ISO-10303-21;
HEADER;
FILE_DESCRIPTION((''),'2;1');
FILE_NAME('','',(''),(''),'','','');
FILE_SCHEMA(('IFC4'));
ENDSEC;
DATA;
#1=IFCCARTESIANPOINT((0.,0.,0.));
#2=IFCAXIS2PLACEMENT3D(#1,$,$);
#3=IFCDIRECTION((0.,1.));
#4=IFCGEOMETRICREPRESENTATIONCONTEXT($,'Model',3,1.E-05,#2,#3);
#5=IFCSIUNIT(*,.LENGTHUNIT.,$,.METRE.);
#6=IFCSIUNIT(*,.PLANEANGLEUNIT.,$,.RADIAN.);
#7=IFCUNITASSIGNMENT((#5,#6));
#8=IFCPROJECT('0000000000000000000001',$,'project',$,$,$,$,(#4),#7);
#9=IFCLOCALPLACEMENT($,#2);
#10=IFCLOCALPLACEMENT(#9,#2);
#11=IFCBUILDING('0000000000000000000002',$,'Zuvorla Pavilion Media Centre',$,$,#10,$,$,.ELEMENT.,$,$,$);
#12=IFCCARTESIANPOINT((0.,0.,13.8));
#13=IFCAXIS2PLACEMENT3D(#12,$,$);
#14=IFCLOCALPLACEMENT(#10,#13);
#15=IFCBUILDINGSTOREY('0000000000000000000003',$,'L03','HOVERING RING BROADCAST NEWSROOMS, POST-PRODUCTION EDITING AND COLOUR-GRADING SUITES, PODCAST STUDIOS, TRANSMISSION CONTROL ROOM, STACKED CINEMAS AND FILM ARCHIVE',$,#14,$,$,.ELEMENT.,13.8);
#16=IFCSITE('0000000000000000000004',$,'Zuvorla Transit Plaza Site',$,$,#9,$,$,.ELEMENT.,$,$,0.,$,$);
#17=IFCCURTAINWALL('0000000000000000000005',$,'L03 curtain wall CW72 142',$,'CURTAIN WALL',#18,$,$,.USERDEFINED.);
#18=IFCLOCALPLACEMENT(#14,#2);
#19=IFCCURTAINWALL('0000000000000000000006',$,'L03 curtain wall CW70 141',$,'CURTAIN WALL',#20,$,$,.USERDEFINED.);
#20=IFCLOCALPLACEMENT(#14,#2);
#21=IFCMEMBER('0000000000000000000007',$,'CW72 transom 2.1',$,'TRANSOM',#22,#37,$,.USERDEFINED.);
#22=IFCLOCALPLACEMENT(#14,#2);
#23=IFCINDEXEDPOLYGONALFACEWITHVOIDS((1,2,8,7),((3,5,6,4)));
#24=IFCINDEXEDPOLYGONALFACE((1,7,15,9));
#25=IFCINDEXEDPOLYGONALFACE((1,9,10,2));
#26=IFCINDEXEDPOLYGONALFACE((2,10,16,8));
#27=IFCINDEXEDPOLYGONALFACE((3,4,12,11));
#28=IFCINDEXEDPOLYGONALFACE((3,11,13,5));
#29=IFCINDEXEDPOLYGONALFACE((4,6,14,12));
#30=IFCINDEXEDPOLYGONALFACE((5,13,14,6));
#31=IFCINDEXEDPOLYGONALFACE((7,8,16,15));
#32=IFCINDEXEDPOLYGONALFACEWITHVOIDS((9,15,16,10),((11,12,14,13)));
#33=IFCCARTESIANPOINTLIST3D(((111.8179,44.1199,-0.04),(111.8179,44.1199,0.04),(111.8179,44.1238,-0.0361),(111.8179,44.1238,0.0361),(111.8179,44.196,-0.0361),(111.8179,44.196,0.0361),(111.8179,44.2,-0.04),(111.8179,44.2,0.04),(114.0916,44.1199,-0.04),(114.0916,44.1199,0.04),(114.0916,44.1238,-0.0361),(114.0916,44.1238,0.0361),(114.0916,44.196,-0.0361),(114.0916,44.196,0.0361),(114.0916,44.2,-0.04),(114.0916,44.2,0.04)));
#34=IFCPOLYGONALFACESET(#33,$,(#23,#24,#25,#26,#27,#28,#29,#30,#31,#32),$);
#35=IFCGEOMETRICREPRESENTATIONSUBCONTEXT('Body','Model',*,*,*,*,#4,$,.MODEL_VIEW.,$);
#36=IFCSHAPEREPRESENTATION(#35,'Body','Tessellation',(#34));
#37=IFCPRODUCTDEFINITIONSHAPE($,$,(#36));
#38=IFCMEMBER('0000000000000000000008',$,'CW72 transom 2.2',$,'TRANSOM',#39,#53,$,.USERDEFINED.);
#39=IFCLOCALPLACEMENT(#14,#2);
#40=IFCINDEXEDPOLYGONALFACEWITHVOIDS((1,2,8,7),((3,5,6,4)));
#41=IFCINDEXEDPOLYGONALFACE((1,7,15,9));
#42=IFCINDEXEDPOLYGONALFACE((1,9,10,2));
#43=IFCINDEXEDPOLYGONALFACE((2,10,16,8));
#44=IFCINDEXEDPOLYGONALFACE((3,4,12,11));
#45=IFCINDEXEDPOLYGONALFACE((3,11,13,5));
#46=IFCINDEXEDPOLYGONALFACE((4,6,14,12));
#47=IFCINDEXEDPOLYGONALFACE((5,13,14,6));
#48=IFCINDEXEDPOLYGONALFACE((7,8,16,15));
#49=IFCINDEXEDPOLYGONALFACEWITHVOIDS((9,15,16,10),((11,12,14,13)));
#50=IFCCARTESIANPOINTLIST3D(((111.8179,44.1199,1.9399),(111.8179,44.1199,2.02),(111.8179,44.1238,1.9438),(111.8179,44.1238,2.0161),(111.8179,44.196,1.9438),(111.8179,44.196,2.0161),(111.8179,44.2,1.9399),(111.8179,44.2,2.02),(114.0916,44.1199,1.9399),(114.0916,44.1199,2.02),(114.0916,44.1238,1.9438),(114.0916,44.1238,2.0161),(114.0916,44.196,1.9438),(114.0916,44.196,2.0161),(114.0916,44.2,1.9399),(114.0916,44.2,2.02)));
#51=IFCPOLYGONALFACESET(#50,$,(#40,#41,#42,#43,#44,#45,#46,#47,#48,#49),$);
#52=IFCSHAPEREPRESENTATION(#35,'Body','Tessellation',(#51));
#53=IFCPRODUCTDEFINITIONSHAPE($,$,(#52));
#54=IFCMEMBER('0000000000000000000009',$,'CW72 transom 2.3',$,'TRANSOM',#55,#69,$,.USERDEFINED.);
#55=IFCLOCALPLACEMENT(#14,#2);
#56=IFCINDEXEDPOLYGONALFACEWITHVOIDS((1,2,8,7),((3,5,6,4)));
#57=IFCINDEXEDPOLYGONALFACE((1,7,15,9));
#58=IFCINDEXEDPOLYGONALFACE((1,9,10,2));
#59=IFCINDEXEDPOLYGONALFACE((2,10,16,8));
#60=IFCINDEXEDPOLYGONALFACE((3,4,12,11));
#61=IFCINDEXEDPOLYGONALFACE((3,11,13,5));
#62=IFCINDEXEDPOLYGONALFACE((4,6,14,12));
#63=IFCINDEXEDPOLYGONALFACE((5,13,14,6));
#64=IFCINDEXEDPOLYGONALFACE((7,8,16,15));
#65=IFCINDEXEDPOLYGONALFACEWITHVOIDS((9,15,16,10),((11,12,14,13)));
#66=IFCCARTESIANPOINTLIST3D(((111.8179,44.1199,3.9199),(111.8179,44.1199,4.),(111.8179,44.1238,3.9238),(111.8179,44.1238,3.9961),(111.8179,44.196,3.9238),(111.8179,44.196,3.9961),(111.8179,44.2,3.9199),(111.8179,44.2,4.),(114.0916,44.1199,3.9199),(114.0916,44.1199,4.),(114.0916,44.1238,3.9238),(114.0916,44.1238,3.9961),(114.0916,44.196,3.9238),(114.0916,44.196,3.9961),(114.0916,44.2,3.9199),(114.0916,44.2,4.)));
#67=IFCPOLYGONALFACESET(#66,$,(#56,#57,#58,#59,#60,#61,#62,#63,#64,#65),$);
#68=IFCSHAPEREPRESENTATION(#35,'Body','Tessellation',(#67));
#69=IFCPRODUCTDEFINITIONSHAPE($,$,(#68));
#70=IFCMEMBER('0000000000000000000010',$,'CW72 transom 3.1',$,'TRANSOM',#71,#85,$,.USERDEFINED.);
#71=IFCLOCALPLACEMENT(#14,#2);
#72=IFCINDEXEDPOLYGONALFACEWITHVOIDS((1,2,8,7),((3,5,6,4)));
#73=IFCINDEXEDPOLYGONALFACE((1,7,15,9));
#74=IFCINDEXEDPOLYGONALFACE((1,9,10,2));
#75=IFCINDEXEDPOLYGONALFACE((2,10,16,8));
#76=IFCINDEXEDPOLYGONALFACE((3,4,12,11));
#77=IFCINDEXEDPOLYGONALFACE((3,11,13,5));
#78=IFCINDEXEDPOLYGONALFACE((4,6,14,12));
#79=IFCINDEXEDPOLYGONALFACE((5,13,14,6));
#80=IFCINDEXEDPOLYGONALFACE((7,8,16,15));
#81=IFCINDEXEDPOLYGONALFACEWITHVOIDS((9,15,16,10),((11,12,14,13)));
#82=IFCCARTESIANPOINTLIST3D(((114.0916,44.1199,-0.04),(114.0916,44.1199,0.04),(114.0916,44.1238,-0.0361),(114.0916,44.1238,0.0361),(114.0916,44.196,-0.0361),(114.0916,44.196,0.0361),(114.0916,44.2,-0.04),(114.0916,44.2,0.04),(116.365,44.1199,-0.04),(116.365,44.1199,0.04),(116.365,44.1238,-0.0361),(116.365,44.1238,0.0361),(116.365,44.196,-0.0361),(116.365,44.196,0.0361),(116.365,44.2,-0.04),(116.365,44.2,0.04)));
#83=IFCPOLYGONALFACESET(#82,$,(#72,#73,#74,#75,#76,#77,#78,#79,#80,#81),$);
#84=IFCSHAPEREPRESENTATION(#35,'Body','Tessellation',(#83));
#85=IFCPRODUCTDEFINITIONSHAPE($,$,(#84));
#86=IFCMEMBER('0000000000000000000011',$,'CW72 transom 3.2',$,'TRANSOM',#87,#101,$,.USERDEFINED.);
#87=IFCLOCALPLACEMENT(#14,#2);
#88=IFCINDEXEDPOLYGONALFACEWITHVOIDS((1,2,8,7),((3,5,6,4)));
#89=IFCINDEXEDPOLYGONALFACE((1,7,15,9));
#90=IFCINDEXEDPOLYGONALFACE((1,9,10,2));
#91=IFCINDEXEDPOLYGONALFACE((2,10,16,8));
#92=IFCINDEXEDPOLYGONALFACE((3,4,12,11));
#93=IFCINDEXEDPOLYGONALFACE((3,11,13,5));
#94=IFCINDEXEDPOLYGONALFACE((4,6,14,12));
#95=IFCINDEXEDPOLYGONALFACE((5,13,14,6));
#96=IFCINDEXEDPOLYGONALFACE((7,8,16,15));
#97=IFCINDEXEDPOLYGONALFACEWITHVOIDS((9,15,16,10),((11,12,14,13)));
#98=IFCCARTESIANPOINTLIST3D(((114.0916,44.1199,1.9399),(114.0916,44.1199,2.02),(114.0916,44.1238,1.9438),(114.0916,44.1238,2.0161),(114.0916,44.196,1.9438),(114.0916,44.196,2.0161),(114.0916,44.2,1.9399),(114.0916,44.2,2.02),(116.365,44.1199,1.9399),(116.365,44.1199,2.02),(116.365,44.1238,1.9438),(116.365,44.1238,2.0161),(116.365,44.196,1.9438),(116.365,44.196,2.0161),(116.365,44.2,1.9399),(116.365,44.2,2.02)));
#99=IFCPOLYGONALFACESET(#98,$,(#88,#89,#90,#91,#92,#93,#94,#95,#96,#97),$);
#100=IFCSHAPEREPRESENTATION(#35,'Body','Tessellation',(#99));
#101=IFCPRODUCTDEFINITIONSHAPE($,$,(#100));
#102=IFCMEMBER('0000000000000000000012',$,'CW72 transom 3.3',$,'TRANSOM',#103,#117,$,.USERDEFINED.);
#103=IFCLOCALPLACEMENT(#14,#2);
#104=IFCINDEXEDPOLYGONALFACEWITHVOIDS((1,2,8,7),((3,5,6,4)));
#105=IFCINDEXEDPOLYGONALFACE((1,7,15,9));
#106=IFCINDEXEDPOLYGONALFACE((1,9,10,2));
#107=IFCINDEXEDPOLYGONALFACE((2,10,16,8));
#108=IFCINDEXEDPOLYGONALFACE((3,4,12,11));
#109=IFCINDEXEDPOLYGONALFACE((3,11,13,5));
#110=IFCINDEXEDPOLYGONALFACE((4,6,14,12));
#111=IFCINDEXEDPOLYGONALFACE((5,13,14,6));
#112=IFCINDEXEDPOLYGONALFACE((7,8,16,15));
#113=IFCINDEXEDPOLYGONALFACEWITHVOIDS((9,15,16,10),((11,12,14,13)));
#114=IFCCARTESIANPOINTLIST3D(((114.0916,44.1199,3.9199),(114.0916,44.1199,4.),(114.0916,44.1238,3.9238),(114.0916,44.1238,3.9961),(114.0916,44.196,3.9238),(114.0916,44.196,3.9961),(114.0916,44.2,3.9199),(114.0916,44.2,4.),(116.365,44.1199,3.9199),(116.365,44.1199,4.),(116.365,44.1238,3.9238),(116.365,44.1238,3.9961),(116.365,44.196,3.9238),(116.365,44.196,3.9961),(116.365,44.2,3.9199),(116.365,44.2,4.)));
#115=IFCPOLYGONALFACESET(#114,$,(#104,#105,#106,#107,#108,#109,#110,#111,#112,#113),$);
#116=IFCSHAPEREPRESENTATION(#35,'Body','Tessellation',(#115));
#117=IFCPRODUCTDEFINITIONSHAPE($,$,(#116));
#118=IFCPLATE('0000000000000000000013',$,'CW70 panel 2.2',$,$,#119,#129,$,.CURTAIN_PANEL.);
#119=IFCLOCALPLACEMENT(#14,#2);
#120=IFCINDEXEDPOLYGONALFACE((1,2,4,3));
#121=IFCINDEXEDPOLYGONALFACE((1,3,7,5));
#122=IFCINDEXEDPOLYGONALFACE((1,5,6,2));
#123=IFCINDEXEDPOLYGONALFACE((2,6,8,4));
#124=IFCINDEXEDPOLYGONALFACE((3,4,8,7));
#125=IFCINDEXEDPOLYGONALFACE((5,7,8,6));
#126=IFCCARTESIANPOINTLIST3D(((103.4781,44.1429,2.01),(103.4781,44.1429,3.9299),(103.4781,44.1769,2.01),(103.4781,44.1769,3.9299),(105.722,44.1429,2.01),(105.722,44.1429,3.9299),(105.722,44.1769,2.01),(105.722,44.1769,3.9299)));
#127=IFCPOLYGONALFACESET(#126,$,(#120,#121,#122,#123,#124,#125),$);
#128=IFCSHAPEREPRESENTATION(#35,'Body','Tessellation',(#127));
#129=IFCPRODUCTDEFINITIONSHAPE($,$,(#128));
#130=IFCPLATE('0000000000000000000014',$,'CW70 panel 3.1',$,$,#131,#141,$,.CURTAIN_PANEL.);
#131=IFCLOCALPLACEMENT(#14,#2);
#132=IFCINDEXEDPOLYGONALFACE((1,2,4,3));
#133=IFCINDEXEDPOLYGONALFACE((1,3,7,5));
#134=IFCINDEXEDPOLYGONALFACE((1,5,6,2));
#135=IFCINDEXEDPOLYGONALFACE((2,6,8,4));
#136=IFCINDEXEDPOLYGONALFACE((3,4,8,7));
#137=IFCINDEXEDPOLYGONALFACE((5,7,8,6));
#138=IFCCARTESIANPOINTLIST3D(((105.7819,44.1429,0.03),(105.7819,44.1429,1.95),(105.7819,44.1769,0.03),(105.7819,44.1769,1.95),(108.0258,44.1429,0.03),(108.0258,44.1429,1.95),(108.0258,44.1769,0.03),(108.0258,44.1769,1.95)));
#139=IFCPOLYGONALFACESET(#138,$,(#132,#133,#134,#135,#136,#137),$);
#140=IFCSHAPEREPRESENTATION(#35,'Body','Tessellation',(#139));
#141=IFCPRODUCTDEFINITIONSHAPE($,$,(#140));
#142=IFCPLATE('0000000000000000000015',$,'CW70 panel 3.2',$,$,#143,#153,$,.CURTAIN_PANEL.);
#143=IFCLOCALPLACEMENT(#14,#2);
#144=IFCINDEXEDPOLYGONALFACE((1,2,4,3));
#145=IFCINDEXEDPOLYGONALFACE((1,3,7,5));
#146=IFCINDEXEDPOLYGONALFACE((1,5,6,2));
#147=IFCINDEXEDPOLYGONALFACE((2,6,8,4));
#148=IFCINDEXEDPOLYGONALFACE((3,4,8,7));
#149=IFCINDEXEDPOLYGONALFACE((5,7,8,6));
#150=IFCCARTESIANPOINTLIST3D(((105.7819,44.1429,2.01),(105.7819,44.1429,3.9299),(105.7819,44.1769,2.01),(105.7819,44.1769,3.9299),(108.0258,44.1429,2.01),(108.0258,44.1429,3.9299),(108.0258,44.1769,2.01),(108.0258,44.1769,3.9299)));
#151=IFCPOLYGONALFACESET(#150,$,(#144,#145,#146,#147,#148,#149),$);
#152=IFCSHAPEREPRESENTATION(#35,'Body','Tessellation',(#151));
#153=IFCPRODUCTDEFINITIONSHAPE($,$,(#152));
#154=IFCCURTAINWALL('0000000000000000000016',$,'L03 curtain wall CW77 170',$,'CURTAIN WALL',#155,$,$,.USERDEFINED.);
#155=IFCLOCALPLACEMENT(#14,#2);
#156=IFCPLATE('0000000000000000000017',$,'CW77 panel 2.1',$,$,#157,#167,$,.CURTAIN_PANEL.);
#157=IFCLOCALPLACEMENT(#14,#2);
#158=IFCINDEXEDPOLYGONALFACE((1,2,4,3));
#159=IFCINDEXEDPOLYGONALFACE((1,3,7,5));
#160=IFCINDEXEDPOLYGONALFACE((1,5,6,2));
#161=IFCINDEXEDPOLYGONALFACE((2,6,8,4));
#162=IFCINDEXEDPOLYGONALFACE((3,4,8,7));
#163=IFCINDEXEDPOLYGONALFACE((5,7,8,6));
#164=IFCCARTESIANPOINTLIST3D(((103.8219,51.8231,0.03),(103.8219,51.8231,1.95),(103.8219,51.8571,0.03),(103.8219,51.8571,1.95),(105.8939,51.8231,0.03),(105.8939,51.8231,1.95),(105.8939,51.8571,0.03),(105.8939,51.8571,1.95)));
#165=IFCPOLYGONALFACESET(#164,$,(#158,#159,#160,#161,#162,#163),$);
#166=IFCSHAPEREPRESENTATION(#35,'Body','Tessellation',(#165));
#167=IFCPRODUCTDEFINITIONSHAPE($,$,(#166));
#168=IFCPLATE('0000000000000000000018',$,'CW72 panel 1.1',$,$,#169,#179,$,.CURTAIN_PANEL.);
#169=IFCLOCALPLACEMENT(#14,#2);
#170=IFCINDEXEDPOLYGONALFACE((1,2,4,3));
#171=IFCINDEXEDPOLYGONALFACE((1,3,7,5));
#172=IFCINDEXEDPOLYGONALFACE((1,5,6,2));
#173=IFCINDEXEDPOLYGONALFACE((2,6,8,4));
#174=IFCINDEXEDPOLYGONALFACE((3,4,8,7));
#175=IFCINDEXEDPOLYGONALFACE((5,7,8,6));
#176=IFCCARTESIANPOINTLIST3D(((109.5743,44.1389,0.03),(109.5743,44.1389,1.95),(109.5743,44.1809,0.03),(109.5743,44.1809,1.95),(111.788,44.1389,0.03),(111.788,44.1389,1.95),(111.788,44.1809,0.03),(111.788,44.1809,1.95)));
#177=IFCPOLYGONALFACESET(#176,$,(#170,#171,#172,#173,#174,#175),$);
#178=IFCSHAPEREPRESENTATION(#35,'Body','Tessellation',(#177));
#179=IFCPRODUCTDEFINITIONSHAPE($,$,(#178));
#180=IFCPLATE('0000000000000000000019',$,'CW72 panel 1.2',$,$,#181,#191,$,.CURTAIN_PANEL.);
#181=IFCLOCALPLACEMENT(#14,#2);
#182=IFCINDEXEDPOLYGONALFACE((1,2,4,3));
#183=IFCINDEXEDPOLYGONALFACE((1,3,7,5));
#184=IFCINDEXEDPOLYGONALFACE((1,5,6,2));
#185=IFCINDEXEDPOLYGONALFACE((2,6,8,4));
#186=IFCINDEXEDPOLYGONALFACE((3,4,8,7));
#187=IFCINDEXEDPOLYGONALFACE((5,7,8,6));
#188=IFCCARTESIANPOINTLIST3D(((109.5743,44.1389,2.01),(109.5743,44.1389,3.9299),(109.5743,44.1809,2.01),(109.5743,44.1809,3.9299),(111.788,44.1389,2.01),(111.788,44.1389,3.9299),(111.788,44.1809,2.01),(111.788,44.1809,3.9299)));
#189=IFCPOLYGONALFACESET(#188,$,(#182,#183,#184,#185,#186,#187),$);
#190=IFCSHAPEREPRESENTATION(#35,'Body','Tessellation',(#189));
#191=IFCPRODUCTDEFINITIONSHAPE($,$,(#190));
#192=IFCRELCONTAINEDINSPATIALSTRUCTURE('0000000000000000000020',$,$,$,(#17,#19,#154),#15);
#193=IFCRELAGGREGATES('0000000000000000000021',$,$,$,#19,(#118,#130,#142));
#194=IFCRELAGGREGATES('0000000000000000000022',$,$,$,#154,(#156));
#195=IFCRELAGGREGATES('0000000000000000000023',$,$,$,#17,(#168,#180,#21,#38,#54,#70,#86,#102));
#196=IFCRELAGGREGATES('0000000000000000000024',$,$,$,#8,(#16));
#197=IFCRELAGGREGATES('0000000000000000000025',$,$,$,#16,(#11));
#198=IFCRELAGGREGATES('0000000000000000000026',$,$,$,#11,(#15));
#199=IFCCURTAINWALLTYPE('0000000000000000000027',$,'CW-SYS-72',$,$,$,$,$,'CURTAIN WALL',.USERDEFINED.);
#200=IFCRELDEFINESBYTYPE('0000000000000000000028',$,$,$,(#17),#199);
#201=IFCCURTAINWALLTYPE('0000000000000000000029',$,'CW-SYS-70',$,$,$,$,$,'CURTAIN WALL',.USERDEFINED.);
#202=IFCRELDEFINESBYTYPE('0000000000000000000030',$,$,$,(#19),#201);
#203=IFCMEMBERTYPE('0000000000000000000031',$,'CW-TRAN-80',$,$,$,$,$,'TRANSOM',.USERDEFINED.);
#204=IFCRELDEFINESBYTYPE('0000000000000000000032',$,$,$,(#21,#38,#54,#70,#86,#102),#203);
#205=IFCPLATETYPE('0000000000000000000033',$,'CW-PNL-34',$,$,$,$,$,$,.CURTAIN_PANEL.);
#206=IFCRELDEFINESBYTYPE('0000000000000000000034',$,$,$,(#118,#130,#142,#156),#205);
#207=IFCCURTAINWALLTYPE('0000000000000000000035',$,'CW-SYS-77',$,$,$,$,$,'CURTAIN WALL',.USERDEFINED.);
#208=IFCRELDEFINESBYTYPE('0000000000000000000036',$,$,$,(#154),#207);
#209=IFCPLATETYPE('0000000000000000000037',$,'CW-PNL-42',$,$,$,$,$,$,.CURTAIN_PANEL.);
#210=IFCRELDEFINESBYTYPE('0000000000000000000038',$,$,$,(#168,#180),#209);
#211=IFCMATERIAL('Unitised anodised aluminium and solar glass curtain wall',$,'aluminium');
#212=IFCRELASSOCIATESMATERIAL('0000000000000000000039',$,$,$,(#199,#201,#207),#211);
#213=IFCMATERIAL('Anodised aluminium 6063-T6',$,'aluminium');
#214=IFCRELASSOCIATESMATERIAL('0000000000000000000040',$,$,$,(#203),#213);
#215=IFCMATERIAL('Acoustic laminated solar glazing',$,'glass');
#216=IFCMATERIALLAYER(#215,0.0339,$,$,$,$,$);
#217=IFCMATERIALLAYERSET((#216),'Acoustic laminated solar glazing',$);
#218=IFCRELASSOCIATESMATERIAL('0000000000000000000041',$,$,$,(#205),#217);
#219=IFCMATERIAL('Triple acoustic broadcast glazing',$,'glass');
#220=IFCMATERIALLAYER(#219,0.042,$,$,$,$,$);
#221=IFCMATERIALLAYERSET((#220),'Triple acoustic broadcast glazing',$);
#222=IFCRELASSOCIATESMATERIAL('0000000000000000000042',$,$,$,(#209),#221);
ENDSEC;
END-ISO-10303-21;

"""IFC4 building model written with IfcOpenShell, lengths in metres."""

from ifc_helpers import new_model, si_unit, direction, frame, origin, origin_2d, place, context, subcontext, project, spatial, rectangle, hollow_rectangle, extrude, material, layer, layer_set, material_profile, profile_set, type_object, element, aggregate, save


model = new_model("IFC4")

# Units and contexts
model_context = context("Model", 3, precision=1e-05, world=origin(), true_north=direction((0.0, 1.0)))
body_context = subcontext(model_context, "Body", "Model", "MODEL_VIEW")
ifc_project = project(units=[si_unit("LENGTHUNIT", "METRE"), si_unit("PLANEANGLEUNIT", "RADIAN")], contexts=[model_context])

# Site, building, storey
site_placement = place(None, origin())
site = spatial("IfcSite", under=ifc_project, at=site_placement, Name="Zuvorla Transit Plaza Site", CompositionType="ELEMENT", RefElevation=0.0)
building_placement = place(site_placement, origin())
building = spatial("IfcBuilding", under=site, at=building_placement, Name="Zuvorla Pavilion Media Centre", CompositionType="ELEMENT")
storey_placement = place(building_placement, frame((0.0, 0.0, 13.8)))
storey = spatial("IfcBuildingStorey", under=building, at=storey_placement, Name="L03", Description="HOVERING RING BROADCAST NEWSROOMS, POST-PRODUCTION EDITING AND COLOUR-GRADING SUITES, PODCAST STUDIOS, TRANSMISSION CONTROL ROOM, STACKED CINEMAS AND FILM ARCHIVE", CompositionType="ELEMENT", Elevation=13.8)

# Curtain walls
ifc_material_1 = material(Name="Unitised anodised aluminium and solar glass curtain wall", Category="aluminium")
curtain_wall_type_1 = type_object("IfcCurtainWallType", Name="CW-SYS-72", ElementType="CURTAIN WALL", PredefinedType="USERDEFINED", material=ifc_material_1)
curtain_wall_1_placement = place(storey_placement, origin())
curtain_wall_1 = element("IfcCurtainWall", 1, at=curtain_wall_1_placement, inside=storey, type_object=curtain_wall_type_1, Name="L03 curtain wall CW72 142", ObjectType="CURTAIN WALL", PredefinedType="USERDEFINED")
ifc_material_2 = material(Name="Anodised aluminium 6063-T6", Category="aluminium")
curtain_wall_type_2 = type_object("IfcCurtainWallType", Name="CW-SYS-70", ElementType="CURTAIN WALL", PredefinedType="USERDEFINED", material=ifc_material_1)
curtain_wall_2_placement = place(storey_placement, origin())
curtain_wall_2 = element("IfcCurtainWall", 2, at=curtain_wall_2_placement, inside=storey, type_object=curtain_wall_type_2, Name="L03 curtain wall CW70 141", ObjectType="CURTAIN WALL", PredefinedType="USERDEFINED")

# Members
ifc_material_profile_1 = material_profile(ifc_material_2, hollow_rectangle(XDim=0.0801, YDim=0.0801, WallThickness=0.0039, at=origin_2d()), Name="ALU TRAN 80x80")
ifc_profile_set_1 = profile_set([ifc_material_profile_1], Name="Anodised aluminium 6063-T6")
member_type_1 = type_object("IfcMemberType", Name="CW-TRAN-80", ElementType="TRANSOM", PredefinedType="USERDEFINED", material=ifc_profile_set_1)
member_1_placement = place(storey_placement, frame((111.8179, 44.1599, 0.0), z_axis=(1.0, 0.0, 0.0), x_axis=(0.0, 1.0, 0.0)))
member_1 = element("IfcMember", 3, at=member_1_placement, type_object=member_type_1, Name="CW72 transom 2.1", ObjectType="TRANSOM", PredefinedType="USERDEFINED", context=body_context, shape_type="SweptSolid", body=[
    extrude(hollow_rectangle(XDim=0.0801, YDim=0.0801, WallThickness=0.0039, at=origin_2d()), origin(), (0.0, 0.0, 1.0), 2.2737),
])
member_2_placement = place(storey_placement, frame((111.8179, 44.1599, 1.98), z_axis=(1.0, 0.0, 0.0), x_axis=(0.0, 1.0, 0.0)))
member_2 = element("IfcMember", 4, at=member_2_placement, type_object=member_type_1, Name="CW72 transom 2.2", ObjectType="TRANSOM", PredefinedType="USERDEFINED", context=body_context, shape_type="SweptSolid", body=[
    extrude(hollow_rectangle(XDim=0.0801, YDim=0.0801, WallThickness=0.0039, at=origin_2d()), origin(), (0.0, 0.0, 1.0), 2.2737),
])
member_3_placement = place(storey_placement, frame((111.8179, 44.1599, 3.96), z_axis=(1.0, 0.0, 0.0), x_axis=(0.0, 1.0, 0.0)))
member_3 = element("IfcMember", 5, at=member_3_placement, type_object=member_type_1, Name="CW72 transom 2.3", ObjectType="TRANSOM", PredefinedType="USERDEFINED", context=body_context, shape_type="SweptSolid", body=[
    extrude(hollow_rectangle(XDim=0.0801, YDim=0.0801, WallThickness=0.0039, at=origin_2d()), origin(), (0.0, 0.0, 1.0), 2.2737),
])
member_4_placement = place(storey_placement, frame((114.0916, 44.1599, 0.0), z_axis=(1.0, 0.0, 0.0), x_axis=(0.0, 1.0, 0.0)))
member_4 = element("IfcMember", 6, at=member_4_placement, type_object=member_type_1, Name="CW72 transom 3.1", ObjectType="TRANSOM", PredefinedType="USERDEFINED", context=body_context, shape_type="SweptSolid", body=[
    extrude(hollow_rectangle(XDim=0.0801, YDim=0.0801, WallThickness=0.0039, at=origin_2d()), origin(), (0.0, 0.0, 1.0), 2.2734),
])
member_5_placement = place(storey_placement, frame((114.0916, 44.1599, 1.98), z_axis=(1.0, 0.0, 0.0), x_axis=(0.0, 1.0, 0.0)))
member_5 = element("IfcMember", 7, at=member_5_placement, type_object=member_type_1, Name="CW72 transom 3.2", ObjectType="TRANSOM", PredefinedType="USERDEFINED", context=body_context, shape_type="SweptSolid", body=[
    extrude(hollow_rectangle(XDim=0.0801, YDim=0.0801, WallThickness=0.0039, at=origin_2d()), origin(), (0.0, 0.0, 1.0), 2.2734),
])
member_6_placement = place(storey_placement, frame((114.0916, 44.1599, 3.96), z_axis=(1.0, 0.0, 0.0), x_axis=(0.0, 1.0, 0.0)))
member_6 = element("IfcMember", 8, at=member_6_placement, type_object=member_type_1, Name="CW72 transom 3.3", ObjectType="TRANSOM", PredefinedType="USERDEFINED", context=body_context, shape_type="SweptSolid", body=[
    extrude(hollow_rectangle(XDim=0.0801, YDim=0.0801, WallThickness=0.0039, at=origin_2d()), origin(), (0.0, 0.0, 1.0), 2.2734),
])

# Plates
ifc_material_3 = material(Name="Acoustic laminated solar glazing", Category="glass")
ifc_layer_1 = layer(ifc_material_3, 0.0339)
ifc_layer_set_1 = layer_set([ifc_layer_1], Name="Acoustic laminated solar glazing")
plate_type_1 = type_object("IfcPlateType", Name="CW-PNL-34", PredefinedType="CURTAIN_PANEL", material=ifc_layer_set_1)
plate_1_placement = place(storey_placement, frame((104.6001, 44.1599, 2.01), z_axis=(0.0, 0.0, 1.0), x_axis=(1.0, 0.0, 0.0)))
plate_1 = element("IfcPlate", 9, at=plate_1_placement, type_object=plate_type_1, Name="CW70 panel 2.2", PredefinedType="CURTAIN_PANEL", context=body_context, shape_type="SweptSolid", body=[
    extrude(rectangle(XDim=2.2439, YDim=0.0339, at=origin_2d()), origin(), (0.0, 0.0, 1.0), 1.9199),
])
plate_2_placement = place(storey_placement, frame((106.9038, 44.1599, 0.03), z_axis=(0.0, 0.0, 1.0), x_axis=(1.0, 0.0, 0.0)))
plate_2 = element("IfcPlate", 10, at=plate_2_placement, type_object=plate_type_1, Name="CW70 panel 3.1", PredefinedType="CURTAIN_PANEL", context=body_context, shape_type="SweptSolid", body=[
    extrude(rectangle(XDim=2.2439, YDim=0.0339, at=origin_2d()), origin(), (0.0, 0.0, 1.0), 1.9199),
])
plate_3_placement = place(storey_placement, frame((106.9038, 44.1599, 2.01), z_axis=(0.0, 0.0, 1.0), x_axis=(1.0, 0.0, 0.0)))
plate_3 = element("IfcPlate", 11, at=plate_3_placement, type_object=plate_type_1, Name="CW70 panel 3.2", PredefinedType="CURTAIN_PANEL", context=body_context, shape_type="SweptSolid", body=[
    extrude(rectangle(XDim=2.2439, YDim=0.0339, at=origin_2d()), origin(), (0.0, 0.0, 1.0), 1.9199),
])
aggregate(curtain_wall_2, [plate_1, plate_2, plate_3])

# Curtain wall, plate
curtain_wall_type_3 = type_object("IfcCurtainWallType", Name="CW-SYS-77", ElementType="CURTAIN WALL", PredefinedType="USERDEFINED", material=ifc_material_1)
curtain_wall_3_placement = place(storey_placement, origin())
curtain_wall_3 = element("IfcCurtainWall", 12, at=curtain_wall_3_placement, inside=storey, type_object=curtain_wall_type_3, Name="L03 curtain wall CW77 170", ObjectType="CURTAIN WALL", PredefinedType="USERDEFINED")
plate_4_placement = place(storey_placement, frame((104.8579, 51.8401, 0.03), z_axis=(0.0, 0.0, 1.0), x_axis=(1.0, 0.0, 0.0)))
plate_4 = element("IfcPlate", 13, at=plate_4_placement, type_object=plate_type_1, Name="CW77 panel 2.1", PredefinedType="CURTAIN_PANEL", context=body_context, shape_type="SweptSolid", body=[
    extrude(rectangle(XDim=2.072, YDim=0.0339, at=origin_2d()), origin(), (0.0, 0.0, 1.0), 1.9199),
])
aggregate(curtain_wall_3, [plate_4])

# Plates
ifc_material_4 = material(Name="Triple acoustic broadcast glazing", Category="glass")
ifc_layer_2 = layer(ifc_material_4, 0.042)
ifc_layer_set_2 = layer_set([ifc_layer_2], Name="Triple acoustic broadcast glazing")
plate_type_2 = type_object("IfcPlateType", Name="CW-PNL-42", PredefinedType="CURTAIN_PANEL", material=ifc_layer_set_2)
plate_5_placement = place(storey_placement, frame((110.6812, 44.1599, 0.03), z_axis=(0.0, 0.0, 1.0), x_axis=(1.0, 0.0, 0.0)))
plate_5 = element("IfcPlate", 14, at=plate_5_placement, type_object=plate_type_2, Name="CW72 panel 1.1", PredefinedType="CURTAIN_PANEL", context=body_context, shape_type="SweptSolid", body=[
    extrude(rectangle(XDim=2.2136, YDim=0.042, at=origin_2d()), origin(), (0.0, 0.0, 1.0), 1.9199),
])
plate_6_placement = place(storey_placement, frame((110.6812, 44.1599, 2.01), z_axis=(0.0, 0.0, 1.0), x_axis=(1.0, 0.0, 0.0)))
plate_6 = element("IfcPlate", 15, at=plate_6_placement, type_object=plate_type_2, Name="CW72 panel 1.2", PredefinedType="CURTAIN_PANEL", context=body_context, shape_type="SweptSolid", body=[
    extrude(rectangle(XDim=2.2136, YDim=0.042, at=origin_2d()), origin(), (0.0, 0.0, 1.0), 1.9199),
])
aggregate(curtain_wall_1, [plate_5, plate_6, member_1, member_2, member_3, member_4, member_5, member_6])

save(model, "model.ifc")
